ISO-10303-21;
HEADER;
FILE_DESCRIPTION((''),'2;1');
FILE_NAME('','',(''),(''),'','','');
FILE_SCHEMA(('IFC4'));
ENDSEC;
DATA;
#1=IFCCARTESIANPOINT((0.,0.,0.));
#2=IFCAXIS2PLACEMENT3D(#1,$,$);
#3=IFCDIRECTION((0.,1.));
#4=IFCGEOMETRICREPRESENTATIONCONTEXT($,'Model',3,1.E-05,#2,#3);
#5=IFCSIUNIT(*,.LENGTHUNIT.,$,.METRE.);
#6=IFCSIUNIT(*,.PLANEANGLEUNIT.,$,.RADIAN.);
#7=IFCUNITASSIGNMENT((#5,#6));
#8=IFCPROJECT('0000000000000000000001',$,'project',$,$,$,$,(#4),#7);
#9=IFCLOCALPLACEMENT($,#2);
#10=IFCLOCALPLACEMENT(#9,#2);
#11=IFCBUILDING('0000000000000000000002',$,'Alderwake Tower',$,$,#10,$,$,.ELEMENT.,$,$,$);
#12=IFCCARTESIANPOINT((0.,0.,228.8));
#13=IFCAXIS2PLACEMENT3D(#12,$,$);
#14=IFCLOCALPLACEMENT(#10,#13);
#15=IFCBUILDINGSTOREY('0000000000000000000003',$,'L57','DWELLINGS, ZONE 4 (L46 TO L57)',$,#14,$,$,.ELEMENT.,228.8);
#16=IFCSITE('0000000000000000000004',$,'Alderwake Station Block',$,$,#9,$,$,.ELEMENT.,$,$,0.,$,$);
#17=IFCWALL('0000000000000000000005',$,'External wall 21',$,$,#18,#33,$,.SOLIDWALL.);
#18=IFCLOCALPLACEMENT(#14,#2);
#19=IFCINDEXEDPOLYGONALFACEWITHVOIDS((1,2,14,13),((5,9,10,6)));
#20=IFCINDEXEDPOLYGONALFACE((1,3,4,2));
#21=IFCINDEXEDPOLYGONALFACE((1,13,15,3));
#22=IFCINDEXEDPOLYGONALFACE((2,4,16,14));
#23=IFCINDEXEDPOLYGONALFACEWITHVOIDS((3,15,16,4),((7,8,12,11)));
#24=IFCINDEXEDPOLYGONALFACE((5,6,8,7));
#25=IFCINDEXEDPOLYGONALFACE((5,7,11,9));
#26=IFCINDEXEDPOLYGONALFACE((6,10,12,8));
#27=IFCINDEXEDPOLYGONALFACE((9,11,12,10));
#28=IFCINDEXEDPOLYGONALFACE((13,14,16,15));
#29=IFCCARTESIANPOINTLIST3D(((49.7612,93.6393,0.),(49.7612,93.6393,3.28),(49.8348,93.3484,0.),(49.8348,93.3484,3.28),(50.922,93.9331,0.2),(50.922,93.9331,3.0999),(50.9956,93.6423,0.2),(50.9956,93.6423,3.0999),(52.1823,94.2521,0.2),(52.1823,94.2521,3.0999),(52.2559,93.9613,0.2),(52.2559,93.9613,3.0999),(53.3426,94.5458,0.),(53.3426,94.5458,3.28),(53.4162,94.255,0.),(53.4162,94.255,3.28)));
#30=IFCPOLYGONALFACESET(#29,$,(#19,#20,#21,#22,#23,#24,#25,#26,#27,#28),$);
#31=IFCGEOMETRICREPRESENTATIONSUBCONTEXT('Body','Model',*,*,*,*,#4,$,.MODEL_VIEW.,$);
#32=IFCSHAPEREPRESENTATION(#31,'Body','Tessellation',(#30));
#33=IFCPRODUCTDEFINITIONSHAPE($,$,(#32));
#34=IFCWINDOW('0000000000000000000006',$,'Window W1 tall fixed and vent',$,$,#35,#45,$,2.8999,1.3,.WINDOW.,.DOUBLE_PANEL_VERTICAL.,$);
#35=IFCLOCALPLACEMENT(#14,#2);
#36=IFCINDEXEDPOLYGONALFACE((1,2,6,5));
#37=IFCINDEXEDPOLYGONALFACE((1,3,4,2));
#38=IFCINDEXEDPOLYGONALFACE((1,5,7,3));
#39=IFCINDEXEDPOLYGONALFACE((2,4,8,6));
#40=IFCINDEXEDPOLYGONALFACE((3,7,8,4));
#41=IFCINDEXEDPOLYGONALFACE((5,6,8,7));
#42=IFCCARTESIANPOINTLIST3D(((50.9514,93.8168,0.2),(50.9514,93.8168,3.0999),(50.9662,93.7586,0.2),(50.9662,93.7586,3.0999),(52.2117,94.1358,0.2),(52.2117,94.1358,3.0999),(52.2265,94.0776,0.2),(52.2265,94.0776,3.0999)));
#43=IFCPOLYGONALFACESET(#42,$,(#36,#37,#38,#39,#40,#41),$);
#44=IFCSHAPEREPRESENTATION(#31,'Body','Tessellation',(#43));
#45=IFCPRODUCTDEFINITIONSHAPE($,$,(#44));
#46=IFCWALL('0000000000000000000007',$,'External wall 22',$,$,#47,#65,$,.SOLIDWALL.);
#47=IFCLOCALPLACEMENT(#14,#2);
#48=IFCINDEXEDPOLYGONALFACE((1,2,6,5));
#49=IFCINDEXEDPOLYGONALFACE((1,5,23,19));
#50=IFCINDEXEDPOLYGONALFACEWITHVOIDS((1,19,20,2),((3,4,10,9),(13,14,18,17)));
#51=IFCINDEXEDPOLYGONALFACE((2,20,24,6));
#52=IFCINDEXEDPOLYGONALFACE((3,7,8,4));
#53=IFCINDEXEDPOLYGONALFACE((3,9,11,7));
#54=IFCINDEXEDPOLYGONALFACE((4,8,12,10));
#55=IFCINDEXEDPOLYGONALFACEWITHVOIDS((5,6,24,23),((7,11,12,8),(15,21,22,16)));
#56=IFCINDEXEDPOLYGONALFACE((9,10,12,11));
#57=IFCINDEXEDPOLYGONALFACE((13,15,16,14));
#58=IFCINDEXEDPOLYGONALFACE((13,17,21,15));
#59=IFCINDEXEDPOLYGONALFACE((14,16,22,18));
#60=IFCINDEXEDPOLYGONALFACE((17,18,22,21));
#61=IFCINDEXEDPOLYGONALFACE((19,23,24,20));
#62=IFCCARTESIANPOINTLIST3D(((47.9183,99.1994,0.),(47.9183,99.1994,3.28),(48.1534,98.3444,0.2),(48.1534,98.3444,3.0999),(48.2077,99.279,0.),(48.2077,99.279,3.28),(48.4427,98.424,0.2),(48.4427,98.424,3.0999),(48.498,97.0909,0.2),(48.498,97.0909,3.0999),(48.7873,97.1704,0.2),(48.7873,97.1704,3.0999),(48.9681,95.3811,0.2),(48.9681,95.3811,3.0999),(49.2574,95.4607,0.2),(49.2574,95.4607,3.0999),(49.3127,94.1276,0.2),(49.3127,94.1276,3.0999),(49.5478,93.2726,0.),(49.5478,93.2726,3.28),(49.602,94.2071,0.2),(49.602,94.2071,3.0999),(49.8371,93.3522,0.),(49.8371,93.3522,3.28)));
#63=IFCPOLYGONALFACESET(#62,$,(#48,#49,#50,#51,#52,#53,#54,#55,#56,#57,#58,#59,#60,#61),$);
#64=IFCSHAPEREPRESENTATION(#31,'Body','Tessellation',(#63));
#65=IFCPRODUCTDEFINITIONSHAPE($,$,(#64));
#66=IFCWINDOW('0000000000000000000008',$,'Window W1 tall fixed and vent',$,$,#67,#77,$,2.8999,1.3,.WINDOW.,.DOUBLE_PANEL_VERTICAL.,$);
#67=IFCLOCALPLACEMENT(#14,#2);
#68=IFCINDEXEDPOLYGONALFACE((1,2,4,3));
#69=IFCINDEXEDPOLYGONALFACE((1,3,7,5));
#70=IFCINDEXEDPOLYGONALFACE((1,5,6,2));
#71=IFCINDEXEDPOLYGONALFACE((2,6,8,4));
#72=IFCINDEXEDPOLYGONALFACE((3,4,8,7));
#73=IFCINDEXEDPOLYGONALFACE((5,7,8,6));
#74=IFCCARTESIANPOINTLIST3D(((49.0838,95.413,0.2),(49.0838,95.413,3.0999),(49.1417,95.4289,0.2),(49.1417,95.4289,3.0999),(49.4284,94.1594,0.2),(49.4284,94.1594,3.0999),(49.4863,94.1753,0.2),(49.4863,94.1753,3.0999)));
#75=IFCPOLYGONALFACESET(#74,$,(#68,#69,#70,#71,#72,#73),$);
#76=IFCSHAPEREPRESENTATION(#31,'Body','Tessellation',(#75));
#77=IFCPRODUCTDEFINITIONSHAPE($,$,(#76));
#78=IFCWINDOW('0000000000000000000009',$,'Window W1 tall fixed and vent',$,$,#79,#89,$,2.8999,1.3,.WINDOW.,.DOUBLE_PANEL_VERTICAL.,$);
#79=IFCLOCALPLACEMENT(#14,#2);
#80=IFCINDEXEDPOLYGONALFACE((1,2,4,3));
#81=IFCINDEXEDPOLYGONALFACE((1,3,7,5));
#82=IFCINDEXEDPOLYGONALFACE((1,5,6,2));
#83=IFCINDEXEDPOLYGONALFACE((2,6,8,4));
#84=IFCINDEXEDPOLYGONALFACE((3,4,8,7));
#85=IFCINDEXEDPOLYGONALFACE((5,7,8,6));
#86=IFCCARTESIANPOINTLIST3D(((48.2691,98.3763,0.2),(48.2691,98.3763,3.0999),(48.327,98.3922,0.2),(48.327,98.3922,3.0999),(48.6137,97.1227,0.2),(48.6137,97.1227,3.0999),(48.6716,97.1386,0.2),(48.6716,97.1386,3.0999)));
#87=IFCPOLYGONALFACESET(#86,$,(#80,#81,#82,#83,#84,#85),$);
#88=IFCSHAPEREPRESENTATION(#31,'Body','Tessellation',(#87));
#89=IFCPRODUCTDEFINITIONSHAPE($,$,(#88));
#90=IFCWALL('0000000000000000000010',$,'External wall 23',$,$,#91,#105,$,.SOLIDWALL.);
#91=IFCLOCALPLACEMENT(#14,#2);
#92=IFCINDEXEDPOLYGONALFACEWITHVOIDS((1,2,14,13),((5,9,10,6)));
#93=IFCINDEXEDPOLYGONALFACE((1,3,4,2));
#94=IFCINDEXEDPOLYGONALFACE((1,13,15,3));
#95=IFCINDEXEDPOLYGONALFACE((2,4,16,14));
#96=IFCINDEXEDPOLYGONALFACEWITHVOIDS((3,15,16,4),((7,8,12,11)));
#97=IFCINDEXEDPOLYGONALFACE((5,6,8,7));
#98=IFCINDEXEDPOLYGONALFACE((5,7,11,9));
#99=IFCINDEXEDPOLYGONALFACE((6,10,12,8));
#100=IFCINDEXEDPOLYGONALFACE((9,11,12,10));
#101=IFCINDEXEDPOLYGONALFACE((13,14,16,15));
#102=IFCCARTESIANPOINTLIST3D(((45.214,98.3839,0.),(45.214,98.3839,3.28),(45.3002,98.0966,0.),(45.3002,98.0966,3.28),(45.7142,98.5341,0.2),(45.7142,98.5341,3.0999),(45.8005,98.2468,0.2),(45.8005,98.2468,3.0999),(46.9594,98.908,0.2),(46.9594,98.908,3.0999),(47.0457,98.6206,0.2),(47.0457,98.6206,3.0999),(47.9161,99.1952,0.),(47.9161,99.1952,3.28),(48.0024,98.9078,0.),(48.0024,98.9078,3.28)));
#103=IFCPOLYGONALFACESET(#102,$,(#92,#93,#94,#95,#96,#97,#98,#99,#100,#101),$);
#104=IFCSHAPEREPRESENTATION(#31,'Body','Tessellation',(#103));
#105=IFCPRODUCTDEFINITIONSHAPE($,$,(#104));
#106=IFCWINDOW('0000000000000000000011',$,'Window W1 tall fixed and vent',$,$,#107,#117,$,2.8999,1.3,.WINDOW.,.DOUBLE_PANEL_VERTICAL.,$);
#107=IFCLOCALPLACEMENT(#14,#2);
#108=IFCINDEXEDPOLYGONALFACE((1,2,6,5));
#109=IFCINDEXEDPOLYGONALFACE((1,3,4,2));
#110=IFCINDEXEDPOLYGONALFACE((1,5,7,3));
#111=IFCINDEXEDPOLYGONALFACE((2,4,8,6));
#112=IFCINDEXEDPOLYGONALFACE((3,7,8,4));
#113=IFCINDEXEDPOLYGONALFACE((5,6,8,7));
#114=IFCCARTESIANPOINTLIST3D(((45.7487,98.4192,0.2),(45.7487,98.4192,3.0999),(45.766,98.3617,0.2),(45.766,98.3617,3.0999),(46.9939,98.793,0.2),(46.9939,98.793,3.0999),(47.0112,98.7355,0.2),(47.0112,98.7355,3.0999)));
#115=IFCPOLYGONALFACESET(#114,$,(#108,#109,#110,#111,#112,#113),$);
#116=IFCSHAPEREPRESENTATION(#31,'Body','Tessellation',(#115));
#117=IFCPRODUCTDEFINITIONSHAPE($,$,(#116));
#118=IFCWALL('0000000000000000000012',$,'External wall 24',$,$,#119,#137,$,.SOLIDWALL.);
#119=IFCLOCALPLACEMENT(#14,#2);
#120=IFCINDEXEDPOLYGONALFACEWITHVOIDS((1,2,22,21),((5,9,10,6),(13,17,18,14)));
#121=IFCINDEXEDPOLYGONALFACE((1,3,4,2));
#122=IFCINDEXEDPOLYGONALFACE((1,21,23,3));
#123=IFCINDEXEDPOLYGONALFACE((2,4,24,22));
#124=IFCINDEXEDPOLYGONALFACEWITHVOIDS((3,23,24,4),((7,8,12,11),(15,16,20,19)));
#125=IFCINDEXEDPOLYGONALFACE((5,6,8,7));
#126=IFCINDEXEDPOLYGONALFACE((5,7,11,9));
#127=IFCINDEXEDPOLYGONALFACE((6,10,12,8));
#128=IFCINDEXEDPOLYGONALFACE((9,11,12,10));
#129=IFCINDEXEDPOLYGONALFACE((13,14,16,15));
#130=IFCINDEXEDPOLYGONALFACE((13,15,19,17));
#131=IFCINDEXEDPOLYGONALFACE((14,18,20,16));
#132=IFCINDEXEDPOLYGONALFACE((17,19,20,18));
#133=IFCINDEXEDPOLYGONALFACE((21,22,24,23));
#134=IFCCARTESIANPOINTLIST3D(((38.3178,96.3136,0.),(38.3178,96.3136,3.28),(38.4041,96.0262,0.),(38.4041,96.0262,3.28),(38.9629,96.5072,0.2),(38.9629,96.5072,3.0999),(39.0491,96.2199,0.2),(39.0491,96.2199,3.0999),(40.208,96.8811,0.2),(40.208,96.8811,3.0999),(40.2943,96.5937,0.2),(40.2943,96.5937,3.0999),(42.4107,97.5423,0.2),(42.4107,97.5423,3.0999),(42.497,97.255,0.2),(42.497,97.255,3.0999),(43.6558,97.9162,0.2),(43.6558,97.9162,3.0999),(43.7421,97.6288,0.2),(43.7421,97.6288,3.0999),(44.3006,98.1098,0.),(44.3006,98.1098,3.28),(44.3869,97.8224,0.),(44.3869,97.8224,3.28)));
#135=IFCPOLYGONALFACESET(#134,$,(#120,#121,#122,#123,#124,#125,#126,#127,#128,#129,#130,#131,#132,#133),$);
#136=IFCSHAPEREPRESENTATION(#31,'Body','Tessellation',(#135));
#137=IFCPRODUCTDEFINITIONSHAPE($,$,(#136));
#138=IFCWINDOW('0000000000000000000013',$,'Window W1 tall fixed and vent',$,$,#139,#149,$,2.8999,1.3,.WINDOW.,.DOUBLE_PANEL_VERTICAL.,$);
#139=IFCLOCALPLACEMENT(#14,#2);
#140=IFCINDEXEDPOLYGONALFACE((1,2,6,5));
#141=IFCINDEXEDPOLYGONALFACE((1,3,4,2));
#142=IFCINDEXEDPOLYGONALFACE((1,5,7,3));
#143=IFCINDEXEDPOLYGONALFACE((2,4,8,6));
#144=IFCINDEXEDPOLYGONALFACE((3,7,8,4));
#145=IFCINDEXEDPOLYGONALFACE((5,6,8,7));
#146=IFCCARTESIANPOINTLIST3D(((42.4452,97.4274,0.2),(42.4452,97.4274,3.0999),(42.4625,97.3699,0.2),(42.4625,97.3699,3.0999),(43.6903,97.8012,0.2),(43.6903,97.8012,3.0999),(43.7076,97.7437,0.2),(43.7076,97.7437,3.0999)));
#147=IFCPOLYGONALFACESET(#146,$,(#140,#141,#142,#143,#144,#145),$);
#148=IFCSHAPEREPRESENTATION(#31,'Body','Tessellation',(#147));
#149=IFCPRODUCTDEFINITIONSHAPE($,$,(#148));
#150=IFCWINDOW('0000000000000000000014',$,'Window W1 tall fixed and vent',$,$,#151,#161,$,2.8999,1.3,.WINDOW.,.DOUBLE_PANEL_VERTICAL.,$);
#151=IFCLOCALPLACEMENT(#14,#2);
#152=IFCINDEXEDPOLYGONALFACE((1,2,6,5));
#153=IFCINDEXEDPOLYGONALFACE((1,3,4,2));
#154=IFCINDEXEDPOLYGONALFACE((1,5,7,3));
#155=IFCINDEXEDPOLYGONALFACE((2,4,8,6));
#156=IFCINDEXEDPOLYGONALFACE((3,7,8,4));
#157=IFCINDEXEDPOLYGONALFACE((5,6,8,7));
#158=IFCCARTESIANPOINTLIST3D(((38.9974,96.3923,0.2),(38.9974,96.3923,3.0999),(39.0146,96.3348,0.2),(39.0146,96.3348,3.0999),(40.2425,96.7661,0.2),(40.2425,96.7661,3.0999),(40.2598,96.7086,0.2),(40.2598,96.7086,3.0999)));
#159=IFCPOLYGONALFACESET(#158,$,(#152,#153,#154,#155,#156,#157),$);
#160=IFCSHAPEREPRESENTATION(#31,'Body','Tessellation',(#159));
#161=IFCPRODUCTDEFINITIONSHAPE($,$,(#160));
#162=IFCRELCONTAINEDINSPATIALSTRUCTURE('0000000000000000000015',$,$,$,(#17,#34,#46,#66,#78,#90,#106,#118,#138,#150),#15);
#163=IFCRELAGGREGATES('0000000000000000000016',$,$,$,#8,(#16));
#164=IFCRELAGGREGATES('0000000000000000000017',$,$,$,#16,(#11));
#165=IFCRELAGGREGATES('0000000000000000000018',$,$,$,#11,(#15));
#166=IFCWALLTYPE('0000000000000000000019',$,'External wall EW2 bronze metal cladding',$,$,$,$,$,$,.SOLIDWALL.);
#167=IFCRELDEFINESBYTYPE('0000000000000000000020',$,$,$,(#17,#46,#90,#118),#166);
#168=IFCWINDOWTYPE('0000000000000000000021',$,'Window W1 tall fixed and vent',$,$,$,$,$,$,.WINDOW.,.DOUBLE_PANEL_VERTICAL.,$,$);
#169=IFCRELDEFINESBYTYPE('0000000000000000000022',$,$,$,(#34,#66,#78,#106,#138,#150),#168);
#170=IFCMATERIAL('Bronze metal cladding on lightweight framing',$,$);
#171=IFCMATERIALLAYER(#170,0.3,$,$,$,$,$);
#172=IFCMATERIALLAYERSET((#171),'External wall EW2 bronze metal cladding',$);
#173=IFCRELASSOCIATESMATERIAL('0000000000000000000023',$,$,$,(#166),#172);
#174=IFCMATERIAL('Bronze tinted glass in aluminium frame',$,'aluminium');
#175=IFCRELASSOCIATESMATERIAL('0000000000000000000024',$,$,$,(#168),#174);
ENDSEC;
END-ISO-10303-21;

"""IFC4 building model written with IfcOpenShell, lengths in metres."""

from ifc_helpers import new_model, si_unit, direction, frame, frame_2d, origin, place, context, subcontext, project, spatial, rectangle, extrude, material, layer, layer_set, type_object, element, fill, save


model = new_model("IFC4")

# Units and contexts
model_context = context("Model", 3, precision=1e-05, world=origin(), true_north=direction((0.0, 1.0)))
body_context = subcontext(model_context, "Body", "Model", "MODEL_VIEW")
ifc_project = project(units=[si_unit("LENGTHUNIT", "METRE"), si_unit("PLANEANGLEUNIT", "RADIAN")], contexts=[model_context])

# Site, building, storey
site_placement = place(None, origin())
site = spatial("IfcSite", under=ifc_project, at=site_placement, Name="Alderwake Station Block", CompositionType="ELEMENT", RefElevation=0.0)
building_placement = place(site_placement, origin())
building = spatial("IfcBuilding", under=site, at=building_placement, Name="Alderwake Tower", CompositionType="ELEMENT")
storey_placement = place(building_placement, frame((0.0, 0.0, 228.8)))
storey = spatial("IfcBuildingStorey", under=building, at=storey_placement, Name="L57", Description="DWELLINGS, ZONE 4 (L46 TO L57)", CompositionType="ELEMENT", Elevation=228.8)

# Wall, opening, window
ifc_material_1 = material(Name="Bronze metal cladding on lightweight framing")
ifc_layer_1 = layer(ifc_material_1, 0.3)
ifc_layer_set_1 = layer_set([ifc_layer_1], Name="External wall EW2 bronze metal cladding")
wall_type_1 = type_object("IfcWallType", Name="External wall EW2 bronze metal cladding", PredefinedType="SOLIDWALL", material=ifc_layer_set_1)
wall_1_placement = place(storey_placement, frame((53.3794, 94.4004, 0.0), z_axis=(0.0, 0.0, 1.0), x_axis=(-0.969427, -0.24538, 0.0)))
wall_1 = element("IfcWall", 1, at=wall_1_placement, inside=storey, type_object=wall_type_1, Name="External wall 21", PredefinedType="SOLIDWALL", context=body_context, shape_type="SweptSolid", body=[
    extrude(rectangle(XDim=3.6943, YDim=0.3, at=frame_2d((1.8472, 0.0))), origin(), (0.0, 0.0, 1.0), 3.28),
])
opening_1_placement = place(wall_1_placement, frame((1.197, 0.0, 0.2)))
opening_1 = element("IfcOpeningElement", 2, at=opening_1_placement, cuts=wall_1, PredefinedType="OPENING", context=body_context, shape_type="SweptSolid", body=[
    extrude(rectangle(XDim=1.3, YDim=2.8999, at=frame_2d((0.6499, 1.45))), frame((0.0, 0.1599, 0.0), z_axis=(0.0, -1.0, 0.0), x_axis=(1.0, 0.0, 0.0)), (0.0, 0.0, 1.0), 0.3201),
])
ifc_material_2 = material(Name="Bronze tinted glass in aluminium frame", Category="aluminium")
window_type = type_object("IfcWindowType", Name="Window W1 tall fixed and vent", PartitioningType="DOUBLE_PANEL_VERTICAL", PredefinedType="WINDOW", material=ifc_material_2)
window_1_placement = place(opening_1_placement, origin())
window_1 = element("IfcWindow", 3, at=window_1_placement, inside=storey, type_object=window_type, Name="Window W1 tall fixed and vent", OverallHeight=2.8999, OverallWidth=1.3, PartitioningType="DOUBLE_PANEL_VERTICAL", PredefinedType="WINDOW", context=body_context, shape_type="SweptSolid", body=[
    extrude(rectangle(XDim=1.3, YDim=2.8999, at=frame_2d((0.6499, 1.45))), frame((0.0, 0.03, 0.0), z_axis=(0.0, -1.0, 0.0), x_axis=(1.0, 0.0, 0.0)), (0.0, 0.0, 1.0), 0.0601),
])
fill(opening_1, window_1)

# Wall, openings, windows
wall_2_placement = place(storey_placement, frame((49.6924, 93.3125, 0.0), z_axis=(0.0, 0.0, 1.0), x_axis=(-0.265086, 0.964225, 0.0)))
wall_2 = element("IfcWall", 4, at=wall_2_placement, inside=storey, type_object=wall_type_1, Name="External wall 22", PredefinedType="SOLIDWALL", context=body_context, shape_type="SweptSolid", body=[
    extrude(rectangle(XDim=6.1467, YDim=0.3, at=frame_2d((3.0732, 0.0))), origin(), (0.0, 0.0, 1.0), 3.28),
])
opening_2_placement = place(wall_2_placement, frame((0.8867, 0.0, 0.2)))
opening_2 = element("IfcOpeningElement", 5, at=opening_2_placement, cuts=wall_2, PredefinedType="OPENING", context=body_context, shape_type="SweptSolid", body=[
    extrude(rectangle(XDim=1.3, YDim=2.8999, at=frame_2d((0.6499, 1.45))), frame((0.0, 0.1599, 0.0), z_axis=(0.0, -1.0, 0.0), x_axis=(1.0, 0.0, 0.0)), (0.0, 0.0, 1.0), 0.3201),
])
opening_3_placement = place(wall_2_placement, frame((3.96, 0.0, 0.2)))
opening_3 = element("IfcOpeningElement", 6, at=opening_3_placement, cuts=wall_2, PredefinedType="OPENING", context=body_context, shape_type="SweptSolid", body=[
    extrude(rectangle(XDim=1.3, YDim=2.8999, at=frame_2d((0.6499, 1.45))), frame((0.0, 0.1599, 0.0), z_axis=(0.0, -1.0, 0.0), x_axis=(1.0, 0.0, 0.0)), (0.0, 0.0, 1.0), 0.3201),
])
window_2_placement = place(opening_2_placement, origin())
window_2 = element("IfcWindow", 7, at=window_2_placement, inside=storey, type_object=window_type, Name="Window W1 tall fixed and vent", OverallHeight=2.8999, OverallWidth=1.3, PartitioningType="DOUBLE_PANEL_VERTICAL", PredefinedType="WINDOW", context=body_context, shape_type="SweptSolid", body=[
    extrude(rectangle(XDim=1.3, YDim=2.8999, at=frame_2d((0.6499, 1.45))), frame((0.0, 0.03, 0.0), z_axis=(0.0, -1.0, 0.0), x_axis=(1.0, 0.0, 0.0)), (0.0, 0.0, 1.0), 0.0601),
])
fill(opening_2, window_2)
window_3_placement = place(opening_3_placement, origin())
window_3 = element("IfcWindow", 8, at=window_3_placement, inside=storey, type_object=window_type, Name="Window W1 tall fixed and vent", OverallHeight=2.8999, OverallWidth=1.3, PartitioningType="DOUBLE_PANEL_VERTICAL", PredefinedType="WINDOW", context=body_context, shape_type="SweptSolid", body=[
    extrude(rectangle(XDim=1.3, YDim=2.8999, at=frame_2d((0.6499, 1.45))), frame((0.0, 0.03, 0.0), z_axis=(0.0, -1.0, 0.0), x_axis=(1.0, 0.0, 0.0)), (0.0, 0.0, 1.0), 0.0601),
])
fill(opening_3, window_3)

# Wall, opening, window
wall_3_placement = place(storey_placement, frame((47.9592, 99.0515, 0.0), z_axis=(0.0, 0.0, 1.0), x_axis=(-0.957764, -0.287554, 0.0)))
wall_3 = element("IfcWall", 9, at=wall_3_placement, inside=storey, type_object=wall_type_1, Name="External wall 23", PredefinedType="SOLIDWALL", context=body_context, shape_type="SweptSolid", body=[
    extrude(rectangle(XDim=2.8213, YDim=0.3, at=frame_2d((1.4106, 0.0))), origin(), (0.0, 0.0, 1.0), 3.28),
])
opening_4_placement = place(wall_3_placement, frame((0.999, 0.0, 0.2)))
opening_4 = element("IfcOpeningElement", 10, at=opening_4_placement, cuts=wall_3, PredefinedType="OPENING", context=body_context, shape_type="SweptSolid", body=[
    extrude(rectangle(XDim=1.3, YDim=2.8999, at=frame_2d((0.6499, 1.45))), frame((0.0, 0.1599, 0.0), z_axis=(0.0, -1.0, 0.0), x_axis=(1.0, 0.0, 0.0)), (0.0, 0.0, 1.0), 0.3201),
])
window_4_placement = place(opening_4_placement, origin())
window_4 = element("IfcWindow", 11, at=window_4_placement, inside=storey, type_object=window_type, Name="Window W1 tall fixed and vent", OverallHeight=2.8999, OverallWidth=1.3, PartitioningType="DOUBLE_PANEL_VERTICAL", PredefinedType="WINDOW", context=body_context, shape_type="SweptSolid", body=[
    extrude(rectangle(XDim=1.3, YDim=2.8999, at=frame_2d((0.6499, 1.45))), frame((0.0, 0.03, 0.0), z_axis=(0.0, -1.0, 0.0), x_axis=(1.0, 0.0, 0.0)), (0.0, 0.0, 1.0), 0.0601),
])
fill(opening_4, window_4)

# Wall, openings, windows
wall_4_placement = place(storey_placement, frame((44.3438, 97.9661, 0.0), z_axis=(0.0, 0.0, 1.0), x_axis=(-0.957767, -0.287545, 0.0)))
wall_4 = element("IfcWall", 12, at=wall_4_placement, inside=storey, type_object=wall_type_1, Name="External wall 24", PredefinedType="SOLIDWALL", context=body_context, shape_type="SweptSolid", body=[
    extrude(rectangle(XDim=6.2466, YDim=0.3, at=frame_2d((3.1233, 0.0))), origin(), (0.0, 0.0, 1.0), 3.28),
])
opening_5_placement = place(wall_4_placement, frame((0.6733, 0.0, 0.2)))
opening_5 = element("IfcOpeningElement", 13, at=opening_5_placement, cuts=wall_4, PredefinedType="OPENING", context=body_context, shape_type="SweptSolid", body=[
    extrude(rectangle(XDim=1.3, YDim=2.8999, at=frame_2d((0.6499, 1.45))), frame((0.0, 0.1599, 0.0), z_axis=(0.0, -1.0, 0.0), x_axis=(1.0, 0.0, 0.0)), (0.0, 0.0, 1.0), 0.3201),
])
opening_6_placement = place(wall_4_placement, frame((4.2732, 0.0, 0.2)))
opening_6 = element("IfcOpeningElement", 14, at=opening_6_placement, cuts=wall_4, PredefinedType="OPENING", context=body_context, shape_type="SweptSolid", body=[
    extrude(rectangle(XDim=1.3, YDim=2.8999, at=frame_2d((0.6499, 1.45))), frame((0.0, 0.1599, 0.0), z_axis=(0.0, -1.0, 0.0), x_axis=(1.0, 0.0, 0.0)), (0.0, 0.0, 1.0), 0.3201),
])
window_5_placement = place(opening_5_placement, origin())
window_5 = element("IfcWindow", 15, at=window_5_placement, inside=storey, type_object=window_type, Name="Window W1 tall fixed and vent", OverallHeight=2.8999, OverallWidth=1.3, PartitioningType="DOUBLE_PANEL_VERTICAL", PredefinedType="WINDOW", context=body_context, shape_type="SweptSolid", body=[
    extrude(rectangle(XDim=1.3, YDim=2.8999, at=frame_2d((0.6499, 1.45))), frame((0.0, 0.03, 0.0), z_axis=(0.0, -1.0, 0.0), x_axis=(1.0, 0.0, 0.0)), (0.0, 0.0, 1.0), 0.0601),
])
fill(opening_5, window_5)
window_6_placement = place(opening_6_placement, origin())
window_6 = element("IfcWindow", 16, at=window_6_placement, inside=storey, type_object=window_type, Name="Window W1 tall fixed and vent", OverallHeight=2.8999, OverallWidth=1.3, PartitioningType="DOUBLE_PANEL_VERTICAL", PredefinedType="WINDOW", context=body_context, shape_type="SweptSolid", body=[
    extrude(rectangle(XDim=1.3, YDim=2.8999, at=frame_2d((0.6499, 1.45))), frame((0.0, 0.03, 0.0), z_axis=(0.0, -1.0, 0.0), x_axis=(1.0, 0.0, 0.0)), (0.0, 0.0, 1.0), 0.0601),
])
fill(opening_6, window_6)

save(model, "model.ifc")
